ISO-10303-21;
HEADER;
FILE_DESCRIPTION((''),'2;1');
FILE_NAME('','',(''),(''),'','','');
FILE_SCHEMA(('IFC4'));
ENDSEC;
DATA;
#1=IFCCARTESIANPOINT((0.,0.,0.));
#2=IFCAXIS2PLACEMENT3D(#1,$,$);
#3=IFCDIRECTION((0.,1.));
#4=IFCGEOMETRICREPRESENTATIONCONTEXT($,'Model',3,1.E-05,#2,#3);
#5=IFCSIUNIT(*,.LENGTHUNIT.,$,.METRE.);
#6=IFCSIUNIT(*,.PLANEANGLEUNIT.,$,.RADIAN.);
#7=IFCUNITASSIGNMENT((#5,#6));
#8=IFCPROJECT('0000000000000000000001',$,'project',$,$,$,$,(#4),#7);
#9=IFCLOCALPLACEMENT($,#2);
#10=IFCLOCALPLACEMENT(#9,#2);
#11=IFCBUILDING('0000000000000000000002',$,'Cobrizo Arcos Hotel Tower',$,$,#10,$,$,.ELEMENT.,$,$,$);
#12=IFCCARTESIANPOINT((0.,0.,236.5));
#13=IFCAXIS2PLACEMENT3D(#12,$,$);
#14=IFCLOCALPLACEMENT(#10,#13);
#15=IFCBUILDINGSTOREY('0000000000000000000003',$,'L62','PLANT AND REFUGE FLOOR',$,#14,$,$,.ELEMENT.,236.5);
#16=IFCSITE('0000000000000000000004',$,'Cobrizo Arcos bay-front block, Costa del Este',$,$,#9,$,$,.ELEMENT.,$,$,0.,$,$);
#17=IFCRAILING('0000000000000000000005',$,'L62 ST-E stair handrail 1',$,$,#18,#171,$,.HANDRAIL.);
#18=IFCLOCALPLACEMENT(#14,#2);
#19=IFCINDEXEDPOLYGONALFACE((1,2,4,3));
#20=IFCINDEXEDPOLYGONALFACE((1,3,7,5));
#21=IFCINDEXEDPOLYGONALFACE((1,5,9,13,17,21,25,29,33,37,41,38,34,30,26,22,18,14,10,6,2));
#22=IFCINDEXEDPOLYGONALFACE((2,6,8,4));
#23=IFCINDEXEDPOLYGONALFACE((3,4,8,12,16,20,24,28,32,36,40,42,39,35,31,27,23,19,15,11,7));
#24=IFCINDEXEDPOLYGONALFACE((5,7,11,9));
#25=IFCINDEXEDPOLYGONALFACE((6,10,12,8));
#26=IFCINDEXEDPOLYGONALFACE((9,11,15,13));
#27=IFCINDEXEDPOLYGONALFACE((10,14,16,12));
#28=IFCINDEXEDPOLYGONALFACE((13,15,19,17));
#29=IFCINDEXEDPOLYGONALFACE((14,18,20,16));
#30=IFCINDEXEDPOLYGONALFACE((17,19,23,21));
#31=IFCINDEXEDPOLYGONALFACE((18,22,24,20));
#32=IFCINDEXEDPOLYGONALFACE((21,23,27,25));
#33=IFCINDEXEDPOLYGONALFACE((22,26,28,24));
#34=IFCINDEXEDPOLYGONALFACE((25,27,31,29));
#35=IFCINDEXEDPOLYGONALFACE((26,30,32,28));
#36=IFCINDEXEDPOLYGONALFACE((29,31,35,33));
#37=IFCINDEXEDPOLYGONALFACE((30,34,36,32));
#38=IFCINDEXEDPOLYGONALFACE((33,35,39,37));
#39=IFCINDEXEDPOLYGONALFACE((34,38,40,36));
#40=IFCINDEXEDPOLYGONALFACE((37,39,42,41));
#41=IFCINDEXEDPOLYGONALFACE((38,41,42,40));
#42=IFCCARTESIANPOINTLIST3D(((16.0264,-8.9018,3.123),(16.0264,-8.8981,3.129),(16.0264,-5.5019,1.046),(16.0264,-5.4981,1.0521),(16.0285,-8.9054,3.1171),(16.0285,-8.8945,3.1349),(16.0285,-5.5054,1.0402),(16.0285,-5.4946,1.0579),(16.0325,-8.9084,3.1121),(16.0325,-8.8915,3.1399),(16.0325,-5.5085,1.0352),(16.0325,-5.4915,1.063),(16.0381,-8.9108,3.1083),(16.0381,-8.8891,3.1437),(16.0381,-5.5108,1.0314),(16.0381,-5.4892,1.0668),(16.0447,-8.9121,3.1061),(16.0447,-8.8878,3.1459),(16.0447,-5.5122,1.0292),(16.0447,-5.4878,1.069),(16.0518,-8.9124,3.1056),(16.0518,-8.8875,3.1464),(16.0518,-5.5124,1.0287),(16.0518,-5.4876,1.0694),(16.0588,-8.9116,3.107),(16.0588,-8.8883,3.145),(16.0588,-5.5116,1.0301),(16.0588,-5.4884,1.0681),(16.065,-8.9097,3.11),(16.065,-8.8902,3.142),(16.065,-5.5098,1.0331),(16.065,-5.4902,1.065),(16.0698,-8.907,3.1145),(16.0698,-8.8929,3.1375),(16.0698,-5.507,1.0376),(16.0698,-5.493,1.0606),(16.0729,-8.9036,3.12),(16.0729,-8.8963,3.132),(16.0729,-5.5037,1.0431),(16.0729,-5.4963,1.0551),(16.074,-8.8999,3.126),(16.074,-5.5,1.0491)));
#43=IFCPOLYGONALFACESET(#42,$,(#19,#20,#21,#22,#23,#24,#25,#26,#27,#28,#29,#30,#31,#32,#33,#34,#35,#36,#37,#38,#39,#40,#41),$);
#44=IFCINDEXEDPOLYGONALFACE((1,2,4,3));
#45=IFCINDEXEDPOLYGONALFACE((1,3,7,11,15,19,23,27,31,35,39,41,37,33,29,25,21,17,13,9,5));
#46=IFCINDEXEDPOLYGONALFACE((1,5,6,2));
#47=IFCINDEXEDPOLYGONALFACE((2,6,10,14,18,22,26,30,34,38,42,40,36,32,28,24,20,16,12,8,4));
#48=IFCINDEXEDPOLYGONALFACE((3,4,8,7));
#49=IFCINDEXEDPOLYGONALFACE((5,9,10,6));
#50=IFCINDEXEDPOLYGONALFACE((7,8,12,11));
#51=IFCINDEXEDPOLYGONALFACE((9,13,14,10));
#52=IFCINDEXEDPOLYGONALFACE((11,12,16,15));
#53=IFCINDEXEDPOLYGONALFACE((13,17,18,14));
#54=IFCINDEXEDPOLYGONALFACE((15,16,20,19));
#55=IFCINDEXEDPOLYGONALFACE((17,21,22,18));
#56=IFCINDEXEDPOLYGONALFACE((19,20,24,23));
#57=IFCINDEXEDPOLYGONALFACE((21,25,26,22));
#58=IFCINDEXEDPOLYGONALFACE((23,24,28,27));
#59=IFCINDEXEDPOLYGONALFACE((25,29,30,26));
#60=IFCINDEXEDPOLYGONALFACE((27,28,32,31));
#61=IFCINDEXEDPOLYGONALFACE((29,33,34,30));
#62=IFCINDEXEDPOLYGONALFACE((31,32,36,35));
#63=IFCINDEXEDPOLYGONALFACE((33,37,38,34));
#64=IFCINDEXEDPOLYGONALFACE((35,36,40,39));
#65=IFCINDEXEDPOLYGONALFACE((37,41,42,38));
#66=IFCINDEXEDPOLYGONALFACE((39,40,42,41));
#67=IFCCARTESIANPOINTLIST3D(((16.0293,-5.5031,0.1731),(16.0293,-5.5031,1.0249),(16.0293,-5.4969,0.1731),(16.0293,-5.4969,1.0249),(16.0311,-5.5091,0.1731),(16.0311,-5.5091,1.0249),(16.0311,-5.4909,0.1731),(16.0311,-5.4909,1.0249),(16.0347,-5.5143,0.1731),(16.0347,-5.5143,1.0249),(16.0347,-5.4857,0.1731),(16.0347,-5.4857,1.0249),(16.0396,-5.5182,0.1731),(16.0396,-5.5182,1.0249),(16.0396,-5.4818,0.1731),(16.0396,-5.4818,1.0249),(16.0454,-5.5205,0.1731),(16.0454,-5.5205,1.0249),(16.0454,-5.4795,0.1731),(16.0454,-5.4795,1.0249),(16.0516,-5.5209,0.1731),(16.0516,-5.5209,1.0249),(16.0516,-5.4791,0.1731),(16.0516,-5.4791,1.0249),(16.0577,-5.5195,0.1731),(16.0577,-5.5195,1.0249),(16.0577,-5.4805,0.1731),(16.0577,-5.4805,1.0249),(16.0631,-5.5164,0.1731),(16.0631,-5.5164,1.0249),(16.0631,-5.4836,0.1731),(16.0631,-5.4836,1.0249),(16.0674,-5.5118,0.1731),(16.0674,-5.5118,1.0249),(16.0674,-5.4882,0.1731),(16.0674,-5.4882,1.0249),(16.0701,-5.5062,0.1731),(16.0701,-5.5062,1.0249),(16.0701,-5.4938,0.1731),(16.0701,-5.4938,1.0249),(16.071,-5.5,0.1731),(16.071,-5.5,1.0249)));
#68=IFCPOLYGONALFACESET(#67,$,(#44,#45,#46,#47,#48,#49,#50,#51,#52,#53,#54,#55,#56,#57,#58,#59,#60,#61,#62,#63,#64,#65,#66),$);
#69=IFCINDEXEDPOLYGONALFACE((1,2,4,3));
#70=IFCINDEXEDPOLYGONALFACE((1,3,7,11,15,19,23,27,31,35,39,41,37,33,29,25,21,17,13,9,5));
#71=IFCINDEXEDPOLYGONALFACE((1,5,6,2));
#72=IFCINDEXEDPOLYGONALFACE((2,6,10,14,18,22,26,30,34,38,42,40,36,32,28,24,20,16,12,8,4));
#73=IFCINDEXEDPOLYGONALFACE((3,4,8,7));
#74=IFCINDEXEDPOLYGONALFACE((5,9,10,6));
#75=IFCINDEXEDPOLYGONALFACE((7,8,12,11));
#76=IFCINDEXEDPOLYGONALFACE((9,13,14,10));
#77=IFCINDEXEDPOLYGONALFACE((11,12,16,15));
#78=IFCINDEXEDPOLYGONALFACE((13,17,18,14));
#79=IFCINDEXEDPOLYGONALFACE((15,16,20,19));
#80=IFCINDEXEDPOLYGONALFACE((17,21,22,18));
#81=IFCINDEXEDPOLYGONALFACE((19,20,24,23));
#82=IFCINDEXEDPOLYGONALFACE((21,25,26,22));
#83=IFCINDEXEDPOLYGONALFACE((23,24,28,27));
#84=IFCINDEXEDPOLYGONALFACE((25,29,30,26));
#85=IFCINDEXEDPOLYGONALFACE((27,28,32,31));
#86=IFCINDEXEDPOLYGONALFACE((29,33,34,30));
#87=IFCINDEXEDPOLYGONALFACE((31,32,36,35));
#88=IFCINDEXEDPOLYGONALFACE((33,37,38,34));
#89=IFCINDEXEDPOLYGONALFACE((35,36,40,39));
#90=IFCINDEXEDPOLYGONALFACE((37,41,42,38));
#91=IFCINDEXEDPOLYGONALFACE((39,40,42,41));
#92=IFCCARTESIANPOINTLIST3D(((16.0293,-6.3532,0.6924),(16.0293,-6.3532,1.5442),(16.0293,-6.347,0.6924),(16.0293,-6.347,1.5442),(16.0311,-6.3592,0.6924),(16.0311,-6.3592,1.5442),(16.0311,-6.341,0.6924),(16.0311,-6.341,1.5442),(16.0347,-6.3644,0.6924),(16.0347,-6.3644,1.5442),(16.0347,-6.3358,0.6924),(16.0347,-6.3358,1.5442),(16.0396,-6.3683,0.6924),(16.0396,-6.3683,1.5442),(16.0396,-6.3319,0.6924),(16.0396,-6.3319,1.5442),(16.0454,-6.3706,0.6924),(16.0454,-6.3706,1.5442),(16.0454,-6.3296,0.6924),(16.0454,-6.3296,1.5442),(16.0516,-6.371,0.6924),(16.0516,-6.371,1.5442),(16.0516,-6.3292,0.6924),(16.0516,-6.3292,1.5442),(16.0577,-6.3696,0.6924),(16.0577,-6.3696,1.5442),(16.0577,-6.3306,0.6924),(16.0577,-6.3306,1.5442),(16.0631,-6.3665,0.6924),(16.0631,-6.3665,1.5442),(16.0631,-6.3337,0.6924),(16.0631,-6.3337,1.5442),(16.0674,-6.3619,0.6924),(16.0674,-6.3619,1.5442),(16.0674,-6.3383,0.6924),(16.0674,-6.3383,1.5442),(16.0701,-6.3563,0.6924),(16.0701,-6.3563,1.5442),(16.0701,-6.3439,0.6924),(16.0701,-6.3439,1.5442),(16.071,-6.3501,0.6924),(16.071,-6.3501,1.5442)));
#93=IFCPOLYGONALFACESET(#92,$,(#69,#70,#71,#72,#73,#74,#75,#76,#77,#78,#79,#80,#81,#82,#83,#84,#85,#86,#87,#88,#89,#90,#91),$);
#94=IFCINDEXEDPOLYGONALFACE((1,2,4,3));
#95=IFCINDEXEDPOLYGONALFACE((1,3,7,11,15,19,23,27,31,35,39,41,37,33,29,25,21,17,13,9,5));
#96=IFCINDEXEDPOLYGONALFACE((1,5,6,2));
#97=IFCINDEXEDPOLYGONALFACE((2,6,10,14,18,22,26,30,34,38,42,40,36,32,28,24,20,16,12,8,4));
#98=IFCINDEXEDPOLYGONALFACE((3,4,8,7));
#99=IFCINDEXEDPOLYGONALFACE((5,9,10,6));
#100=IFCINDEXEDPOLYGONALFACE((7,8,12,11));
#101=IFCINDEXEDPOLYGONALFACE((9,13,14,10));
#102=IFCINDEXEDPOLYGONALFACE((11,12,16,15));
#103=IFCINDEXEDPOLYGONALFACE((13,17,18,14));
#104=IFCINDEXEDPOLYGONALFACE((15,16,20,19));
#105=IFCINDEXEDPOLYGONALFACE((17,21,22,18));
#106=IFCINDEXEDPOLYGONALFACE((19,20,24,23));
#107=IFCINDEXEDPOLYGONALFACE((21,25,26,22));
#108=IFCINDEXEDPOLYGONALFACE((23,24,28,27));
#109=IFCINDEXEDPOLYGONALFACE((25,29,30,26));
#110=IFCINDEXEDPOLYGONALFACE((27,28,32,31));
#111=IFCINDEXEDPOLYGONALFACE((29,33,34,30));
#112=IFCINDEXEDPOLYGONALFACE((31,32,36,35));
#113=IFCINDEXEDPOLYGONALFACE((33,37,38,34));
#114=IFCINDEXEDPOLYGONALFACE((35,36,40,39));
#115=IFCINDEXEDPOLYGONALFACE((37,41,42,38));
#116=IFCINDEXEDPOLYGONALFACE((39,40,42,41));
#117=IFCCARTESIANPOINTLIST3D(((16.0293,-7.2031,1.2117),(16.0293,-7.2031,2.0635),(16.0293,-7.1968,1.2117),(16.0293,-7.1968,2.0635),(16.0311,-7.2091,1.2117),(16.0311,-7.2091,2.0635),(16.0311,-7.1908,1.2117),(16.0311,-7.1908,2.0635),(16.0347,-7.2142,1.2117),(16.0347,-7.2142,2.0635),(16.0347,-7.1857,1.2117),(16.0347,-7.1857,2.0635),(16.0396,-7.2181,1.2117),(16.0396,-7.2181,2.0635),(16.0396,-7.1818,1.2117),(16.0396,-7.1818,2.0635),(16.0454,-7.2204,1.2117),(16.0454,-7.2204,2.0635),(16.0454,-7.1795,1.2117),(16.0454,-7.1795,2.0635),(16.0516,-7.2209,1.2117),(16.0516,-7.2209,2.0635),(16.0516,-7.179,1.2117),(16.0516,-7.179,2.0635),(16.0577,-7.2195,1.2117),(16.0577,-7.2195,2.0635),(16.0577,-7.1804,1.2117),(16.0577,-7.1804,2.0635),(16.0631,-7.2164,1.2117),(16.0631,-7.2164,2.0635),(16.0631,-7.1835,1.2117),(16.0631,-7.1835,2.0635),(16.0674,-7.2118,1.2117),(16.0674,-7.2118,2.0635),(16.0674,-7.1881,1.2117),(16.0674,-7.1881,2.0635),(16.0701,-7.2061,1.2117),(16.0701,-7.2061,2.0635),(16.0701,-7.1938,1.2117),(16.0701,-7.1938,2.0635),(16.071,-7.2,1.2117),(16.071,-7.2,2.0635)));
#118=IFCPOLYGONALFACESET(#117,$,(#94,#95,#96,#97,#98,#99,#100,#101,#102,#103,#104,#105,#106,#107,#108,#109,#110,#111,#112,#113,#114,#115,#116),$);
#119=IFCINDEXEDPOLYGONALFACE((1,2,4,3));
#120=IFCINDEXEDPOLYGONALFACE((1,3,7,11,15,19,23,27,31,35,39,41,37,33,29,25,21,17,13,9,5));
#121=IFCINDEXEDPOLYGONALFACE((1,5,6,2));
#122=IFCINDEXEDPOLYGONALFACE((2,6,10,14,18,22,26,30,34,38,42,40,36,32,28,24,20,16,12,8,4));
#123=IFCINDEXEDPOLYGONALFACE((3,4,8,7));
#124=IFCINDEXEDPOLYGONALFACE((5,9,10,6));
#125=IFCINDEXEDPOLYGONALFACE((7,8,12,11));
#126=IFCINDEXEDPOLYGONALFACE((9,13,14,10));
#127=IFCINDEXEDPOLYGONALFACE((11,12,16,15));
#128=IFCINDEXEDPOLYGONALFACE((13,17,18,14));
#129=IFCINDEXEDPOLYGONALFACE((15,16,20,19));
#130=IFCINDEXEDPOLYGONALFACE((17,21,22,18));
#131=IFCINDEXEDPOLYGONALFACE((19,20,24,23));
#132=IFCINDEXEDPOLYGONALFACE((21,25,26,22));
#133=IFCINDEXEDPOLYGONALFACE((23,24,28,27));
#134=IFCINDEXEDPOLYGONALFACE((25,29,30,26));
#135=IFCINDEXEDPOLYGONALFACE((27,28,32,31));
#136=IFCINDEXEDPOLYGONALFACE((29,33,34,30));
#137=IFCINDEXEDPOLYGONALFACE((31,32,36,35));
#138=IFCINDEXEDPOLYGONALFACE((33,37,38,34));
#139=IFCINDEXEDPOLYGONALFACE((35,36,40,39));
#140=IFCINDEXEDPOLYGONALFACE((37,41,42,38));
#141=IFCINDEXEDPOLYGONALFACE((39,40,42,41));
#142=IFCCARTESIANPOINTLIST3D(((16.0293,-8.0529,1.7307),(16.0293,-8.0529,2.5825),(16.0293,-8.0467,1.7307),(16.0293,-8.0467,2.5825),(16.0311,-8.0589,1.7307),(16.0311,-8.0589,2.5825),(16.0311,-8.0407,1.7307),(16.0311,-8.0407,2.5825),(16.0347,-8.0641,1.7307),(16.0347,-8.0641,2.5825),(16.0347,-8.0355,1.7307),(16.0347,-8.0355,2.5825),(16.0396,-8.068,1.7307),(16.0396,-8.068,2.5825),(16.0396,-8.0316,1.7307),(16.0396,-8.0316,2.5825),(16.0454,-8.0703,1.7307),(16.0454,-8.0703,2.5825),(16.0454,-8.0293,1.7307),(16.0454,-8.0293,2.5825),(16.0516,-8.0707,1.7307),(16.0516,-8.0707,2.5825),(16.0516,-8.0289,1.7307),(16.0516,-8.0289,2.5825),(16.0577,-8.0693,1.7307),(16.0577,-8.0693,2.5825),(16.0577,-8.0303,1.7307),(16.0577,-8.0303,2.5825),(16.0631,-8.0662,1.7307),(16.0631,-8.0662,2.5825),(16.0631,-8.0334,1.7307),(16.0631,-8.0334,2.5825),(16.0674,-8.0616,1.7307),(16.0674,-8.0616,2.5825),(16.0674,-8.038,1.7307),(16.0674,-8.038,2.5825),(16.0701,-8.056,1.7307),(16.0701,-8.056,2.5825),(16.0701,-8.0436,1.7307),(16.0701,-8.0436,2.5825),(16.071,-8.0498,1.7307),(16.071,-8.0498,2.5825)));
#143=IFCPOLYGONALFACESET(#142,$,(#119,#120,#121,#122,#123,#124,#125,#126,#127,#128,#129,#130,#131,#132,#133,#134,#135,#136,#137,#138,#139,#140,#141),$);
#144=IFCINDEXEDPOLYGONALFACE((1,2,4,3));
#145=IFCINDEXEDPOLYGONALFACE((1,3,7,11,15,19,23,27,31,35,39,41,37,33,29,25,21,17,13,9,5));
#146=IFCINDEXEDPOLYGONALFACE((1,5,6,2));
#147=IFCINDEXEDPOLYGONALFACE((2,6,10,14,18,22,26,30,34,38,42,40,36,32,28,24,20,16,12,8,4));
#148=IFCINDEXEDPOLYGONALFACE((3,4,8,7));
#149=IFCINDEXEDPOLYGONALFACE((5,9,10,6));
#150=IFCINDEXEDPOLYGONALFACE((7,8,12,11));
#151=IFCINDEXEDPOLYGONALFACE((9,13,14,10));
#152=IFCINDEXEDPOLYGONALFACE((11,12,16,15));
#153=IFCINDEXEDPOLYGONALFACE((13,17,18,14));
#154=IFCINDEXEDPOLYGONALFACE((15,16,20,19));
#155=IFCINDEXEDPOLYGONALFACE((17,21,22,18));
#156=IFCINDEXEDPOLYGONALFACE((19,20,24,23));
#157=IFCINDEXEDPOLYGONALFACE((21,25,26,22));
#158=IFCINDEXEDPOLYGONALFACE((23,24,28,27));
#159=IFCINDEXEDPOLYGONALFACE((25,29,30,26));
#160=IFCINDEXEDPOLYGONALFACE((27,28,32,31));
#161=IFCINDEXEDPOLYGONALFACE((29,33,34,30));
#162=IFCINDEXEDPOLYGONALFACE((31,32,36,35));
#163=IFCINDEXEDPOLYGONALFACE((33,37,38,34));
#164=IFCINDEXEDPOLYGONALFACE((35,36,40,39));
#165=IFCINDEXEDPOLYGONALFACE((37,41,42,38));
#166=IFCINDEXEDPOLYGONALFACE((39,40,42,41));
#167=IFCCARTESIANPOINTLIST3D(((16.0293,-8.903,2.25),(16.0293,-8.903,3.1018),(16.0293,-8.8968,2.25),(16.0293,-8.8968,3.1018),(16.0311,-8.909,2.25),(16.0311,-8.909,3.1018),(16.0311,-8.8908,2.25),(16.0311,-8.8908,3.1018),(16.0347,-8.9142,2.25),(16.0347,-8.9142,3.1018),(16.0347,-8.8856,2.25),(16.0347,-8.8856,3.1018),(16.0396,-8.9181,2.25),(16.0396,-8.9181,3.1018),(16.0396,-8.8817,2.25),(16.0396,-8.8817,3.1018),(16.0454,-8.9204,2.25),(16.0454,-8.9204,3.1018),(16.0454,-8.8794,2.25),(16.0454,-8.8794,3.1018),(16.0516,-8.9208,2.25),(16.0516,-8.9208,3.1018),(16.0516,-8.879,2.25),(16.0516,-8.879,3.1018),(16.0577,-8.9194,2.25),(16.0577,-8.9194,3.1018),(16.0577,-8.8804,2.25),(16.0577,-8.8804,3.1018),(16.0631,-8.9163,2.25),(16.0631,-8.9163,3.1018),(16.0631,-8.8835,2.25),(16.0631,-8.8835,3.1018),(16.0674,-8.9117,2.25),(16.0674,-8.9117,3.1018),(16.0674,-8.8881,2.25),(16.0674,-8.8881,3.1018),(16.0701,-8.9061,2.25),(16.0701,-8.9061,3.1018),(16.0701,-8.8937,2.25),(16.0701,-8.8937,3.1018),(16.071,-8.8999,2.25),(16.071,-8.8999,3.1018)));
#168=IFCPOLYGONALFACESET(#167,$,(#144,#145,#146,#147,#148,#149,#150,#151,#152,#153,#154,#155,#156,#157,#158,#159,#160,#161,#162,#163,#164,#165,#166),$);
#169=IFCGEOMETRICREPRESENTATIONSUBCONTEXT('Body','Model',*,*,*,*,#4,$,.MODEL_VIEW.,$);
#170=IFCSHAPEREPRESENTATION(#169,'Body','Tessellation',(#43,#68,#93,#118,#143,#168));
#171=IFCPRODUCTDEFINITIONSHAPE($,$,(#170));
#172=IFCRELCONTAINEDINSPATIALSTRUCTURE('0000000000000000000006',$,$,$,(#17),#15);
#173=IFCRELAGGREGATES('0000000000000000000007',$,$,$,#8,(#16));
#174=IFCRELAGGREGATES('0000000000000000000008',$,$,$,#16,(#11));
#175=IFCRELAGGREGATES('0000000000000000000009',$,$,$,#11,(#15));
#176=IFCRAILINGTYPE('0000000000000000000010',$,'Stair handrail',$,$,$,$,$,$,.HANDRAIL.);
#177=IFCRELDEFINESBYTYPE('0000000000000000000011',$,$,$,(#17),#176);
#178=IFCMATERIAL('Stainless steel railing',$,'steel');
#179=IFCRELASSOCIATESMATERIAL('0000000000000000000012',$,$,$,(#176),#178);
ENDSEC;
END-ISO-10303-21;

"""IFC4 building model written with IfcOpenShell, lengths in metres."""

from ifc_helpers import new_model, si_unit, direction, frame, origin, origin_2d, place, context, subcontext, project, spatial, circle, extrude, material, type_object, element, save


model = new_model("IFC4")

# Units and contexts
model_context = context("Model", 3, precision=1e-05, world=origin(), true_north=direction((0.0, 1.0)))
body_context = subcontext(model_context, "Body", "Model", "MODEL_VIEW")
ifc_project = project(units=[si_unit("LENGTHUNIT", "METRE"), si_unit("PLANEANGLEUNIT", "RADIAN")], contexts=[model_context])

# Site, building, storey
site_placement = place(None, origin())
site = spatial("IfcSite", under=ifc_project, at=site_placement, Name="Cobrizo Arcos bay-front block, Costa del Este", CompositionType="ELEMENT", RefElevation=0.0)
building_placement = place(site_placement, origin())
building = spatial("IfcBuilding", under=site, at=building_placement, Name="Cobrizo Arcos Hotel Tower", CompositionType="ELEMENT")
storey_placement = place(building_placement, frame((0.0, 0.0, 236.5)))
storey = spatial("IfcBuildingStorey", under=building, at=storey_placement, Name="L62", Description="PLANT AND REFUGE FLOOR", CompositionType="ELEMENT", Elevation=236.5)

# Railing
ifc_material_1 = material(Name="Stainless steel railing", Category="steel")
railing_type_1 = type_object("IfcRailingType", Name="Stair handrail", PredefinedType="HANDRAIL", material=ifc_material_1)
railing_1_placement = place(storey_placement, frame((16.05, -5.5, 0.1731)))
element("IfcRailing", 1, at=railing_1_placement, inside=storey, type_object=railing_type_1, Name="L62 ST-E stair handrail 1", PredefinedType="HANDRAIL", context=body_context, shape_type="SweptSolid", body=[
    extrude(circle(Radius=0.0239, at=origin_2d()), frame((0.0, 0.0, 0.876), z_axis=(0.0, -0.853373, 0.521301), x_axis=(1.0, 0.0, 0.0)), (0.0, 0.0, 1.0), 3.9841),
    extrude(circle(Radius=0.021, at=origin_2d()), origin(), (0.0, 0.0, 1.0), 0.8518),
    extrude(circle(Radius=0.021, at=origin_2d()), frame((0.0, -0.8501, 0.5193)), (0.0, 0.0, 1.0), 0.8518),
    extrude(circle(Radius=0.021, at=origin_2d()), frame((0.0, -1.7, 1.0386)), (0.0, 0.0, 1.0), 0.8518),
    extrude(circle(Radius=0.021, at=origin_2d()), frame((0.0, -2.5498, 1.5576)), (0.0, 0.0, 1.0), 0.8518),
    extrude(circle(Radius=0.021, at=origin_2d()), frame((0.0, -3.3999, 2.0769)), (0.0, 0.0, 1.0), 0.8518),
])

save(model, "model.ifc")
